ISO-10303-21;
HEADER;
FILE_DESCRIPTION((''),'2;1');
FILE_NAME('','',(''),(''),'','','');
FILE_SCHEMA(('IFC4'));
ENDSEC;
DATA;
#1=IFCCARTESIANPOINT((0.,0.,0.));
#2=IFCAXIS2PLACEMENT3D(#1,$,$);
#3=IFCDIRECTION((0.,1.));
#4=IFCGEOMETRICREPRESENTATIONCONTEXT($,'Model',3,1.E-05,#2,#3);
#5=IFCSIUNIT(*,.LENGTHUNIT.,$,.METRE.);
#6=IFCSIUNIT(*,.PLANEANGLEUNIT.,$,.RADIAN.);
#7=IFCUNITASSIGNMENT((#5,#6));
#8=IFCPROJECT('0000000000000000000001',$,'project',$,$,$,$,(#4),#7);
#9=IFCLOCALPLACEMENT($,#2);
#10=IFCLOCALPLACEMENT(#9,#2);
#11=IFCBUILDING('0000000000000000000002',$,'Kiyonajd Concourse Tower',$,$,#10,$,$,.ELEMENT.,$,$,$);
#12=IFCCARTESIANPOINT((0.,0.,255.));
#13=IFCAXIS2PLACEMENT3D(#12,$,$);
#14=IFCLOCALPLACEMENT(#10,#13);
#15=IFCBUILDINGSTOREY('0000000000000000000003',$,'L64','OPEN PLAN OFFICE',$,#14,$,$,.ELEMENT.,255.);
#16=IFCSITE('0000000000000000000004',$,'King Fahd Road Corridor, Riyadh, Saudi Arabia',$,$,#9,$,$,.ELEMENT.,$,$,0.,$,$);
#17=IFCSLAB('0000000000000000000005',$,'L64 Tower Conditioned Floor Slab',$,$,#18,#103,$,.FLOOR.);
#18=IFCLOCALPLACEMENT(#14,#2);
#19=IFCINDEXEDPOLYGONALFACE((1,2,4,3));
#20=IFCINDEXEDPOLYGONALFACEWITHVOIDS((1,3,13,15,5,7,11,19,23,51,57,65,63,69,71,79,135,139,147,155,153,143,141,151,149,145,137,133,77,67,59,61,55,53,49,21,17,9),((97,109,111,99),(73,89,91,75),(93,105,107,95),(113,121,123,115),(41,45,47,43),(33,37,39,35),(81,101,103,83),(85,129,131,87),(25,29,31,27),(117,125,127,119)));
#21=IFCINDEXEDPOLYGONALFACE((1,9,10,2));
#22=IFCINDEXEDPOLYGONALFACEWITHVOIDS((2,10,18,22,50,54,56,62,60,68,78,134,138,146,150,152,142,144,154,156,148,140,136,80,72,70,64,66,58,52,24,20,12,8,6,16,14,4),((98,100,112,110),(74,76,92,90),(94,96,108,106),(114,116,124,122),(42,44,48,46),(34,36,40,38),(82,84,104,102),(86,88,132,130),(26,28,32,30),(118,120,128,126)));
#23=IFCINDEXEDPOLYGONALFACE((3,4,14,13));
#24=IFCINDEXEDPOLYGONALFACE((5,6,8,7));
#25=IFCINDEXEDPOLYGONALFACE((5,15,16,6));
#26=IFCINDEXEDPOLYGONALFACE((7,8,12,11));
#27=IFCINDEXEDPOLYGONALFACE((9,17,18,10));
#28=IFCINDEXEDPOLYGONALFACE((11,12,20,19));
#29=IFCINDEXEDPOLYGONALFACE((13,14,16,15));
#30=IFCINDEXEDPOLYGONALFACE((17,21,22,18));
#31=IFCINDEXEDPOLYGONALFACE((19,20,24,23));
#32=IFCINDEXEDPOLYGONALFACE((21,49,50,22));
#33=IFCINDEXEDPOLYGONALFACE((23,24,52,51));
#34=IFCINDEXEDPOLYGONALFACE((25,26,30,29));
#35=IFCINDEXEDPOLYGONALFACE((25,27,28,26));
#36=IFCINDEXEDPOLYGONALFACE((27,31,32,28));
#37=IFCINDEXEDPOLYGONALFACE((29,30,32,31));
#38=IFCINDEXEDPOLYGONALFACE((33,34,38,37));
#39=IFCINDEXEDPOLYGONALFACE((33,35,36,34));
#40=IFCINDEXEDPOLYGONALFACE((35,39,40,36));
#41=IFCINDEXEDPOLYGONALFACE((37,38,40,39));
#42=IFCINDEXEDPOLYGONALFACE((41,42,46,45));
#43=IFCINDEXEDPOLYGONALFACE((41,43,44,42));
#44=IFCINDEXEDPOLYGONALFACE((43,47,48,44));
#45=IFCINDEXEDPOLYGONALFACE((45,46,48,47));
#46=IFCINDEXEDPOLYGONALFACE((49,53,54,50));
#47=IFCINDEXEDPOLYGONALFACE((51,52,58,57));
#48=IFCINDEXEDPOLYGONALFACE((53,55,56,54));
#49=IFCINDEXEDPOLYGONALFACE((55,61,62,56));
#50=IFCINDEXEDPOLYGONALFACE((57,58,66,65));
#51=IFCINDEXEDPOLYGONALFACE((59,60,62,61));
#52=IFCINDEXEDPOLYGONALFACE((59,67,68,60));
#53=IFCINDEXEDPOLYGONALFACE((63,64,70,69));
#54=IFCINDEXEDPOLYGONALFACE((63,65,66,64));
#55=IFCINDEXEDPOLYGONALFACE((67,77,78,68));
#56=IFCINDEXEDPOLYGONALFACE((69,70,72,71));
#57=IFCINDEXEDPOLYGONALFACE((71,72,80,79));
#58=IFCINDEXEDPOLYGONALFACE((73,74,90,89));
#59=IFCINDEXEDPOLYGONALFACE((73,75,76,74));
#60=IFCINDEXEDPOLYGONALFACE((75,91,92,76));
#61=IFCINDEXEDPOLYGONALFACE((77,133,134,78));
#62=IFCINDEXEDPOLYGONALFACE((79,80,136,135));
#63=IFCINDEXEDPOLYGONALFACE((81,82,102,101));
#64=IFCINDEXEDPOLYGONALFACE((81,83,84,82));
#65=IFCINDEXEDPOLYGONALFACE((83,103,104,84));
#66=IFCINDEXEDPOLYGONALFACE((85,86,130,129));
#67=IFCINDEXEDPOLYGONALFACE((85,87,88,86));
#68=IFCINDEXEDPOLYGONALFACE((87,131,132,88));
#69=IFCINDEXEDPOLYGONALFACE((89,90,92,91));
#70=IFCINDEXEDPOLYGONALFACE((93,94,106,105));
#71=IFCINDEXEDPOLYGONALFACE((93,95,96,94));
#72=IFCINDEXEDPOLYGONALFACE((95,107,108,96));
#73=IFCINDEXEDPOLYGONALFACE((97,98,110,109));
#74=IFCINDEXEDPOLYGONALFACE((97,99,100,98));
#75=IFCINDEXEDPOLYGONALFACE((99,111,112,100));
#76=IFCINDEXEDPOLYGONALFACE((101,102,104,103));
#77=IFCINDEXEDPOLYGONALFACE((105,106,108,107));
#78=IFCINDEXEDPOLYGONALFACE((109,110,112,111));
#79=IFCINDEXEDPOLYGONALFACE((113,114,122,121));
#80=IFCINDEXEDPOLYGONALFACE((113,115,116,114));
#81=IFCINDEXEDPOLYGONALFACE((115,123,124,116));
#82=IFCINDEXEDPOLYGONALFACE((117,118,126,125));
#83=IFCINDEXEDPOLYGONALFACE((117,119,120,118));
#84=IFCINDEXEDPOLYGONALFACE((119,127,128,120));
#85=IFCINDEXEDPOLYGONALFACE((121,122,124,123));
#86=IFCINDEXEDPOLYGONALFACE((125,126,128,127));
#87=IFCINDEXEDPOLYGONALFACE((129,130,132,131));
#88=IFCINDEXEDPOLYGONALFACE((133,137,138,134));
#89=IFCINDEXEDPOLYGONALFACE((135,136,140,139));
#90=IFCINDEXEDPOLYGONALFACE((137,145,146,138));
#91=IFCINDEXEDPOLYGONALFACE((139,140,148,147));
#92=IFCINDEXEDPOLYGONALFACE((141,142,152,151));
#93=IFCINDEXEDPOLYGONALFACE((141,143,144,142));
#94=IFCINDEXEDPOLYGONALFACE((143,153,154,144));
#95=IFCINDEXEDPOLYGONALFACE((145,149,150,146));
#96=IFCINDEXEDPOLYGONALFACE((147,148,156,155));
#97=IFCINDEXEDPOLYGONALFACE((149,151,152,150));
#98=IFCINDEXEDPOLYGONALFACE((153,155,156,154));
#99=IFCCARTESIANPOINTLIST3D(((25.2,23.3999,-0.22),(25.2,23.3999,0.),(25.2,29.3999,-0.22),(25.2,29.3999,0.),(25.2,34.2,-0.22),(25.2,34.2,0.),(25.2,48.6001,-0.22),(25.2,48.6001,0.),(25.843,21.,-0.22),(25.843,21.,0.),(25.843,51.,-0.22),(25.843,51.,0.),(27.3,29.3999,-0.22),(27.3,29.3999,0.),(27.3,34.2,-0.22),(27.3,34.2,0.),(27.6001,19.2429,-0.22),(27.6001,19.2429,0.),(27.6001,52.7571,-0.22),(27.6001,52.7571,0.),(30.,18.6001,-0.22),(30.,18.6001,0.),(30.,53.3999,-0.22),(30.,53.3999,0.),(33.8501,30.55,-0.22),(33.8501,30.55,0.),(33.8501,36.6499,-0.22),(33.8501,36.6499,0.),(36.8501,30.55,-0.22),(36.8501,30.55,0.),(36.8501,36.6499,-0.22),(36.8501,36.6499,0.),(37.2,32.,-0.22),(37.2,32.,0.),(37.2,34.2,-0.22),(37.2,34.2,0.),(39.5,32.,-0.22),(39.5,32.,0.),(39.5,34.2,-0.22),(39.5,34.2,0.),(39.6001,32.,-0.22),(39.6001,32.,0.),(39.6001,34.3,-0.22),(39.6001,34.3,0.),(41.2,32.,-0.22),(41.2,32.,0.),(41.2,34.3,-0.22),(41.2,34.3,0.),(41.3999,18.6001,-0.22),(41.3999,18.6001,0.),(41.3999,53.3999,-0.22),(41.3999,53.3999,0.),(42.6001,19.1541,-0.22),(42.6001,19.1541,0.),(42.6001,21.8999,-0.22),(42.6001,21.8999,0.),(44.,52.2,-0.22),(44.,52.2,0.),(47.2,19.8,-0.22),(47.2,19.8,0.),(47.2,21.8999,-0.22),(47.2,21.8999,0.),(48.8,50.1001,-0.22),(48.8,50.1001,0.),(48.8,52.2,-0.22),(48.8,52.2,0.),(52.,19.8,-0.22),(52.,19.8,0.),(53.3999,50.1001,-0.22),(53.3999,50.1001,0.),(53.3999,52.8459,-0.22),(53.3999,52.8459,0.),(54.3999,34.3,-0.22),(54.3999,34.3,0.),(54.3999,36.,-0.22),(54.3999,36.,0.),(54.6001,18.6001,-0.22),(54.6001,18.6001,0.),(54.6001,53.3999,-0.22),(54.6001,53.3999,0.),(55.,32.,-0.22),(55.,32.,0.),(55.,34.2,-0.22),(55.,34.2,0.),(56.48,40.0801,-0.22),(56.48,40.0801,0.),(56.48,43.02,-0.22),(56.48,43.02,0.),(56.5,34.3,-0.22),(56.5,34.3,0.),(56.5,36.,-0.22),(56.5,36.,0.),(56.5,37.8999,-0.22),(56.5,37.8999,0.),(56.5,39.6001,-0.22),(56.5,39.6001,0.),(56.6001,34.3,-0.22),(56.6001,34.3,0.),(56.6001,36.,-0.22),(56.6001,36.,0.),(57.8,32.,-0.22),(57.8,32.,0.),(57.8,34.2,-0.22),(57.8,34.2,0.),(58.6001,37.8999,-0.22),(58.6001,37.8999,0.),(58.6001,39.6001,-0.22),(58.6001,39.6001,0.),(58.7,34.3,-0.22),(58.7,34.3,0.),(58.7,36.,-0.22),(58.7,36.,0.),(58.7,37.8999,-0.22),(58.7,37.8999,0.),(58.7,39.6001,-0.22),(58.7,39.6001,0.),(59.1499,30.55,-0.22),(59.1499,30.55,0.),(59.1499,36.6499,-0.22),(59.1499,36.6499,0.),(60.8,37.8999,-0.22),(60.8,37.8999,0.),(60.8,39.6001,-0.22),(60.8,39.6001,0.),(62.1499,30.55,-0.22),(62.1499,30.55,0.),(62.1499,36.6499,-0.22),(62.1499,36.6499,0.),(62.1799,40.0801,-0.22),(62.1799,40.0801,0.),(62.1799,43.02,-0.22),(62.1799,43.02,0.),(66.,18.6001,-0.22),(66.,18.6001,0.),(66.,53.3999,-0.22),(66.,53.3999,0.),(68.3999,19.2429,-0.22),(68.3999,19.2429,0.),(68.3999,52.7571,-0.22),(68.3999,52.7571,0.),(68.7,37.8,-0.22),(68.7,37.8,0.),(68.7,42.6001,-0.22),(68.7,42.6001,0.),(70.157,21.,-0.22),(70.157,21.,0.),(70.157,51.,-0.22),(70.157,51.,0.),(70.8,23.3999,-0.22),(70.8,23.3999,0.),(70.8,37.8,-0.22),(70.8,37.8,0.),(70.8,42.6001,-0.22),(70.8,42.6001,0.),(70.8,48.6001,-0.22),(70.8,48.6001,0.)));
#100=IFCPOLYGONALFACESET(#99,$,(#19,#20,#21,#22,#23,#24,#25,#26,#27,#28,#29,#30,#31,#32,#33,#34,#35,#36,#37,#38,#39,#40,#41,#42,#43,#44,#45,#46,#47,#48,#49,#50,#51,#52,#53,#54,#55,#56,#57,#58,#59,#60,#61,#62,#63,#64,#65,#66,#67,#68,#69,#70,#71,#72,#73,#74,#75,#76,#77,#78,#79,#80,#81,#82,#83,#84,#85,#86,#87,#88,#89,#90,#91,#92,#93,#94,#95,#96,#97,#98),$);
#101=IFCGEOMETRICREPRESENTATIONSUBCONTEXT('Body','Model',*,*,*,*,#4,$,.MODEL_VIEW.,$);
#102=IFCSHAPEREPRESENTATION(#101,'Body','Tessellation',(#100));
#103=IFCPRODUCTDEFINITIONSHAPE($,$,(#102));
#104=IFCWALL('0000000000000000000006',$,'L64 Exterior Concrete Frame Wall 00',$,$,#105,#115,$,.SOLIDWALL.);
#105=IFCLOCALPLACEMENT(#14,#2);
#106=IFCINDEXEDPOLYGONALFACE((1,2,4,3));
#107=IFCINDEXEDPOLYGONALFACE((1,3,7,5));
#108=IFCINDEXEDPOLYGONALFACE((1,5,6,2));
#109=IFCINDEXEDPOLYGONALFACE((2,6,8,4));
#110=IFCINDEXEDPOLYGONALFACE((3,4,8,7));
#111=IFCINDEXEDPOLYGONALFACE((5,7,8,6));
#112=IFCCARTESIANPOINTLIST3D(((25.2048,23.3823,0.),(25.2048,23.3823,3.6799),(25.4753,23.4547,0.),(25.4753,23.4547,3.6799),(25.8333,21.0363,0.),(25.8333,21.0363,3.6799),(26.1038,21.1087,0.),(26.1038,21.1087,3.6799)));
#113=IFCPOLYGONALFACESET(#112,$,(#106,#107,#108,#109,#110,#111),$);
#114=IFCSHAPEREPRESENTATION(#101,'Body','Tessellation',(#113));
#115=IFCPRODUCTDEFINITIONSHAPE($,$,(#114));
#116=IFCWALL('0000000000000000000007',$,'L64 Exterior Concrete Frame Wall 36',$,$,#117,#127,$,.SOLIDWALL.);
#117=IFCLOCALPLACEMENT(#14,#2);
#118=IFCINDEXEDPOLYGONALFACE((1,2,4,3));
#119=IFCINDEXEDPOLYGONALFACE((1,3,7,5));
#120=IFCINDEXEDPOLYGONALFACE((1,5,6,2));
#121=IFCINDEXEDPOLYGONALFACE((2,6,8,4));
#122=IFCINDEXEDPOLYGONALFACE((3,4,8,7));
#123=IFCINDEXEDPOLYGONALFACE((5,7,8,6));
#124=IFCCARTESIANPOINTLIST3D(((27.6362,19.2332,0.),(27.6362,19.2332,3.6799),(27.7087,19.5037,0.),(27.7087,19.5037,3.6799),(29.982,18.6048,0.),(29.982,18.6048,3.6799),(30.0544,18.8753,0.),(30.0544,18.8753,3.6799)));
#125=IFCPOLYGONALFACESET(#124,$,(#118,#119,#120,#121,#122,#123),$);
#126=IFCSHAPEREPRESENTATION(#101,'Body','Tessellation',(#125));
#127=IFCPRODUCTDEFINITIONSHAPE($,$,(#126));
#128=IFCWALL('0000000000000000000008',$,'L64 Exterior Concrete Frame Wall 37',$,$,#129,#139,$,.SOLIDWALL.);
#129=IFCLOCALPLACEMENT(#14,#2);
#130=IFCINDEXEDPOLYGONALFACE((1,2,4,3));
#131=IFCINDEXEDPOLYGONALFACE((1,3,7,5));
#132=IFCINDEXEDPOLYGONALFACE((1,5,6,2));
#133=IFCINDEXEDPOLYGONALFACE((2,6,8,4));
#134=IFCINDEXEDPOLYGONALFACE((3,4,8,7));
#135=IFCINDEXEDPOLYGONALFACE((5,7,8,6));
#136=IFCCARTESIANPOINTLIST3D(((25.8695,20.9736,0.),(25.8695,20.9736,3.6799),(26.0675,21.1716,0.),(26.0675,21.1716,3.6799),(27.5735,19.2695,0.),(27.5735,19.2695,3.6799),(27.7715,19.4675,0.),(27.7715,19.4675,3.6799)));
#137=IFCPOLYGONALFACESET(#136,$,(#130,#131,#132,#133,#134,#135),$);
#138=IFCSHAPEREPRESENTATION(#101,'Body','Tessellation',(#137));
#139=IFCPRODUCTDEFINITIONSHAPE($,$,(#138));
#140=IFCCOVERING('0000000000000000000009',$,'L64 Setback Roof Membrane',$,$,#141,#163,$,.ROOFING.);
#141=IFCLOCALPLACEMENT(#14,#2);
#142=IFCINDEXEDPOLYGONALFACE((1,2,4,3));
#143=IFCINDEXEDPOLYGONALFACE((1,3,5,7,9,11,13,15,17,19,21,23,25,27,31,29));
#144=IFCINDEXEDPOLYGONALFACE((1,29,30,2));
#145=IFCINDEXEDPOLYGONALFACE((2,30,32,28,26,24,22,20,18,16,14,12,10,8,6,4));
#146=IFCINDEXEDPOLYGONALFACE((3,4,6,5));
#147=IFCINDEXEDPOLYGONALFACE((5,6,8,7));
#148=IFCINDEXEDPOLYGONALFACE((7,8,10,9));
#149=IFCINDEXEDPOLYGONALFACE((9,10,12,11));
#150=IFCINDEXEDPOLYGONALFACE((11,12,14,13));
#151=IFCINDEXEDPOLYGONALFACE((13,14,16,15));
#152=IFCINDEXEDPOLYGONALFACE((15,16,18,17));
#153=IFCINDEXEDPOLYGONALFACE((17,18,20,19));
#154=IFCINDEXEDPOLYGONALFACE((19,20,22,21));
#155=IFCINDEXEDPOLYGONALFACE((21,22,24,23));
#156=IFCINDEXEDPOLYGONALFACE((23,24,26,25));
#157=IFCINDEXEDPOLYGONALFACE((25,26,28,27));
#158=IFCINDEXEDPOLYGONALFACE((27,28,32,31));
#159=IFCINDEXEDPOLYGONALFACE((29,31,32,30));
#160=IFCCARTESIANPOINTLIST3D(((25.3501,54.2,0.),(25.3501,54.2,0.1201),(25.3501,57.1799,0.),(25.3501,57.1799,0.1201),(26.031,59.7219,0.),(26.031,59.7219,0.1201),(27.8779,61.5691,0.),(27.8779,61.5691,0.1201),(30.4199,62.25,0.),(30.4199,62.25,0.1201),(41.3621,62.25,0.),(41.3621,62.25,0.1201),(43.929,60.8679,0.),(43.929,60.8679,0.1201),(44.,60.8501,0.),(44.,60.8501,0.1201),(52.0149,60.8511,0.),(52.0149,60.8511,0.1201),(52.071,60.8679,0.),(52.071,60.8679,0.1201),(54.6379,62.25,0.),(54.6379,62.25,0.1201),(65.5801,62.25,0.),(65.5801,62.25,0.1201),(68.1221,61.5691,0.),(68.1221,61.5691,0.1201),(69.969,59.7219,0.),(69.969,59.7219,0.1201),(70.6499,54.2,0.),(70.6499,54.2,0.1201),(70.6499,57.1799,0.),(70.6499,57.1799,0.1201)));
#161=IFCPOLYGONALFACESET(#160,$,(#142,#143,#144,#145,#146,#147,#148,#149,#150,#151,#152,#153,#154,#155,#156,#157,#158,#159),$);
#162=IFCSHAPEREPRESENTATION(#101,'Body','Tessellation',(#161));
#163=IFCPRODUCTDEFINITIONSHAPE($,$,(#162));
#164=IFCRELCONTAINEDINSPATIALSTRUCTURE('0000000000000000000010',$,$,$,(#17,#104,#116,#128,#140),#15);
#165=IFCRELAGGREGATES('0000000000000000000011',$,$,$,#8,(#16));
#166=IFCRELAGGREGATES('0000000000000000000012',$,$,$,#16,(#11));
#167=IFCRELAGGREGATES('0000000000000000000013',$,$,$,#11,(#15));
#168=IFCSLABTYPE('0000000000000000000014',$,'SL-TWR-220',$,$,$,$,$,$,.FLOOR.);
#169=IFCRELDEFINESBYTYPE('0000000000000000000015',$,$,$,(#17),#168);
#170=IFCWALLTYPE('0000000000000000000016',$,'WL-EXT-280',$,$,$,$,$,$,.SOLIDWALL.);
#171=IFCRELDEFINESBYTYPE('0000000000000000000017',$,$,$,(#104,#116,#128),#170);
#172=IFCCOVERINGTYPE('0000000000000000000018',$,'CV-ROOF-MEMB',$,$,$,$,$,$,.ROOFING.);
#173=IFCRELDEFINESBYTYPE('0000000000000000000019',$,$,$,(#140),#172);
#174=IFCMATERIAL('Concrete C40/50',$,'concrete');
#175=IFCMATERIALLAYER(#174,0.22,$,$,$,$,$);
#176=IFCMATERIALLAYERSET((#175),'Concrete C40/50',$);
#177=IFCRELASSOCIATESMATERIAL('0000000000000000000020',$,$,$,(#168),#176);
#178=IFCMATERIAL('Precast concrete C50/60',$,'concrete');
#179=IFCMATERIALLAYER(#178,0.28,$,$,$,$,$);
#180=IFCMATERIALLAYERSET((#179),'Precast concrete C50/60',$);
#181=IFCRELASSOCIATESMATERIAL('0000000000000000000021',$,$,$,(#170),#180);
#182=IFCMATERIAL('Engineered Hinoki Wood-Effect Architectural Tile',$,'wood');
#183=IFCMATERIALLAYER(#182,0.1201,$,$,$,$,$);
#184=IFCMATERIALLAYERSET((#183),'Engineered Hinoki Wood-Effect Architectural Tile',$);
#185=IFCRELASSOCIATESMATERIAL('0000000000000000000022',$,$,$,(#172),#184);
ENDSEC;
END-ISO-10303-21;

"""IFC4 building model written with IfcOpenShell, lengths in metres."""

from ifc_helpers import new_model, si_unit, direction, frame, frame_2d, origin, place, context, subcontext, project, spatial, polyline, rectangle, outline, extrude, material, layer, layer_set, type_object, element, save


model = new_model("IFC4")

# Units and contexts
model_context = context("Model", 3, precision=1e-05, world=origin(), true_north=direction((0.0, 1.0)))
body_context = subcontext(model_context, "Body", "Model", "MODEL_VIEW")
ifc_project = project(units=[si_unit("LENGTHUNIT", "METRE"), si_unit("PLANEANGLEUNIT", "RADIAN")], contexts=[model_context])

# Site, building, storey
site_placement = place(None, origin())
site = spatial("IfcSite", under=ifc_project, at=site_placement, Name="King Fahd Road Corridor, Riyadh, Saudi Arabia", CompositionType="ELEMENT", RefElevation=0.0)
building_placement = place(site_placement, origin())
building = spatial("IfcBuilding", under=site, at=building_placement, Name="Kiyonajd Concourse Tower", CompositionType="ELEMENT")
storey_placement = place(building_placement, frame((0.0, 0.0, 255.0)))
storey = spatial("IfcBuildingStorey", under=building, at=storey_placement, Name="L64", Description="OPEN PLAN OFFICE", CompositionType="ELEMENT", Elevation=255.0)

# Shared definitions
ifc_material_1 = material(Name="Concrete C40/50", Category="concrete")

# Slab
ifc_material_2 = material(Name="Precast concrete C50/60", Category="concrete")
ifc_layer_1 = layer(ifc_material_1, 0.22)
ifc_layer_set_1 = layer_set([ifc_layer_1], Name="Concrete C40/50")
slab_type_1 = type_object("IfcSlabType", Name="SL-TWR-220", PredefinedType="FLOOR", material=ifc_layer_set_1)
slab_1_placement = place(storey_placement, frame((0.0, 0.0, -0.22)))
element("IfcSlab", 1, at=slab_1_placement, inside=storey, type_object=slab_type_1, Name="L64 Tower Conditioned Floor Slab", PredefinedType="FLOOR", context=body_context, shape_type="SweptSolid", body=[
    extrude(outline(polyline([(25.843, 21.0), (25.2, 23.3999), (25.2, 29.3999), (27.3, 29.3999), (27.3, 34.2), (25.2, 34.2), (25.2, 48.6001), (25.843, 51.0), (27.6001, 52.7571), (30.0, 53.3999), (41.3999, 53.3999), (44.0, 52.2), (48.8, 52.2), (48.8, 50.1001), (53.3999, 50.1001), (53.3999, 52.8459), (54.6001, 53.3999), (66.0, 53.3999), (68.3999, 52.7571), (70.157, 51.0), (70.8, 48.6001), (70.8, 42.6001), (68.7, 42.6001), (68.7, 37.8), (70.8, 37.8), (70.8, 23.3999), (70.157, 21.0), (68.3999, 19.2429), (66.0, 18.6001), (54.6001, 18.6001), (52.0, 19.8), (47.2, 19.8), (47.2, 21.8999), (42.6001, 21.8999), (42.6001, 19.1541), (41.3999, 18.6001), (30.0, 18.6001), (27.6001, 19.2429), (25.843, 21.0)]), holes=[polyline([(39.5, 32.0), (37.2, 32.0), (37.2, 34.2), (39.5, 34.2), (39.5, 32.0)]), polyline([(57.8, 32.0), (55.0, 32.0), (55.0, 34.2), (57.8, 34.2), (57.8, 32.0)]), polyline([(41.2, 32.0), (39.6001, 32.0), (39.6001, 34.3), (41.2, 34.3), (41.2, 32.0)]), polyline([(33.8501, 30.55), (33.8501, 36.6499), (36.8501, 36.6499), (36.8501, 30.55), (33.8501, 30.55)]), polyline([(59.1499, 30.55), (59.1499, 36.6499), (62.1499, 36.6499), (62.1499, 30.55), (59.1499, 30.55)]), polyline([(56.5, 34.3), (54.3999, 34.3), (54.3999, 36.0), (56.5, 36.0), (56.5, 34.3)]), polyline([(58.7, 34.3), (56.6001, 34.3), (56.6001, 36.0), (58.7, 36.0), (58.7, 34.3)]), polyline([(58.6001, 37.8999), (56.5, 37.8999), (56.5, 39.6001), (58.6001, 39.6001), (58.6001, 37.8999)]), polyline([(58.7, 37.8999), (58.7, 39.6001), (60.8, 39.6001), (60.8, 37.8999), (58.7, 37.8999)]), polyline([(56.48, 43.02), (62.1799, 43.02), (62.1799, 40.0801), (56.48, 40.0801), (56.48, 43.02)])]), origin(), (0.0, 0.0, 1.0), 0.22),
])

# Walls
ifc_layer_2 = layer(ifc_material_2, 0.28)
ifc_layer_set_2 = layer_set([ifc_layer_2], Name="Precast concrete C50/60")
wall_type = type_object("IfcWallType", Name="WL-EXT-280", PredefinedType="SOLIDWALL", material=ifc_layer_set_2)
wall_1_placement = place(storey_placement, frame((25.9685, 21.0725, 0.0), z_axis=(0.0, 0.0, 1.0), x_axis=(-0.258751, 0.965944, 0.0)))
element("IfcWall", 2, at=wall_1_placement, inside=storey, type_object=wall_type, Name="L64 Exterior Concrete Frame Wall 00", PredefinedType="SOLIDWALL", context=body_context, shape_type="SweptSolid", body=[
    extrude(rectangle(XDim=2.4287, YDim=0.28, at=frame_2d((1.2144, 0.0))), origin(), (0.0, 0.0, 1.0), 3.6799),
])
wall_2_placement = place(storey_placement, frame((30.0183, 18.74, 0.0), z_axis=(0.0, 0.0, 1.0), x_axis=(-0.965937, 0.258776, 0.0)))
element("IfcWall", 3, at=wall_2_placement, inside=storey, type_object=wall_type, Name="L64 Exterior Concrete Frame Wall 36", PredefinedType="SOLIDWALL", context=body_context, shape_type="SweptSolid", body=[
    extrude(rectangle(XDim=2.4285, YDim=0.28, at=frame_2d((1.2144, 0.0))), origin(), (0.0, 0.0, 1.0), 3.6799),
])
wall_3_placement = place(storey_placement, frame((27.6726, 19.3684, 0.0), z_axis=(0.0, 0.0, 1.0), x_axis=(-0.707107, 0.707107, 0.0)))
element("IfcWall", 4, at=wall_3_placement, inside=storey, type_object=wall_type, Name="L64 Exterior Concrete Frame Wall 37", PredefinedType="SOLIDWALL", context=body_context, shape_type="SweptSolid", body=[
    extrude(rectangle(XDim=2.4099, YDim=0.28, at=frame_2d((1.2051, 0.0))), origin(), (0.0, 0.0, 1.0), 3.6799),
])

# Covering
ifc_material_3 = material(Name="Engineered Hinoki Wood-Effect Architectural Tile", Category="wood")
ifc_layer_3 = layer(ifc_material_3, 0.1201)
ifc_layer_set_3 = layer_set([ifc_layer_3], Name="Engineered Hinoki Wood-Effect Architectural Tile")
covering_type = type_object("IfcCoveringType", Name="CV-ROOF-MEMB", PredefinedType="ROOFING", material=ifc_layer_set_3)
covering_placement = place(storey_placement, origin())
element("IfcCovering", 5, at=covering_placement, inside=storey, type_object=covering_type, Name="L64 Setback Roof Membrane", PredefinedType="ROOFING", context=body_context, shape_type="SweptSolid", body=[
    extrude(outline(polyline([(26.031, 59.7219), (27.8779, 61.5691), (30.4199, 62.25), (41.3621, 62.25), (43.929, 60.8679), (44.0, 60.8501), (52.0149, 60.8511), (52.071, 60.8679), (54.6379, 62.25), (65.5801, 62.25), (68.1221, 61.5691), (69.969, 59.7219), (70.6499, 57.1799), (70.6499, 54.2), (25.3501, 54.2), (25.3501, 57.1799), (26.031, 59.7219)])), origin(), (0.0, 0.0, 1.0), 0.1201),
])

save(model, "model.ifc")
